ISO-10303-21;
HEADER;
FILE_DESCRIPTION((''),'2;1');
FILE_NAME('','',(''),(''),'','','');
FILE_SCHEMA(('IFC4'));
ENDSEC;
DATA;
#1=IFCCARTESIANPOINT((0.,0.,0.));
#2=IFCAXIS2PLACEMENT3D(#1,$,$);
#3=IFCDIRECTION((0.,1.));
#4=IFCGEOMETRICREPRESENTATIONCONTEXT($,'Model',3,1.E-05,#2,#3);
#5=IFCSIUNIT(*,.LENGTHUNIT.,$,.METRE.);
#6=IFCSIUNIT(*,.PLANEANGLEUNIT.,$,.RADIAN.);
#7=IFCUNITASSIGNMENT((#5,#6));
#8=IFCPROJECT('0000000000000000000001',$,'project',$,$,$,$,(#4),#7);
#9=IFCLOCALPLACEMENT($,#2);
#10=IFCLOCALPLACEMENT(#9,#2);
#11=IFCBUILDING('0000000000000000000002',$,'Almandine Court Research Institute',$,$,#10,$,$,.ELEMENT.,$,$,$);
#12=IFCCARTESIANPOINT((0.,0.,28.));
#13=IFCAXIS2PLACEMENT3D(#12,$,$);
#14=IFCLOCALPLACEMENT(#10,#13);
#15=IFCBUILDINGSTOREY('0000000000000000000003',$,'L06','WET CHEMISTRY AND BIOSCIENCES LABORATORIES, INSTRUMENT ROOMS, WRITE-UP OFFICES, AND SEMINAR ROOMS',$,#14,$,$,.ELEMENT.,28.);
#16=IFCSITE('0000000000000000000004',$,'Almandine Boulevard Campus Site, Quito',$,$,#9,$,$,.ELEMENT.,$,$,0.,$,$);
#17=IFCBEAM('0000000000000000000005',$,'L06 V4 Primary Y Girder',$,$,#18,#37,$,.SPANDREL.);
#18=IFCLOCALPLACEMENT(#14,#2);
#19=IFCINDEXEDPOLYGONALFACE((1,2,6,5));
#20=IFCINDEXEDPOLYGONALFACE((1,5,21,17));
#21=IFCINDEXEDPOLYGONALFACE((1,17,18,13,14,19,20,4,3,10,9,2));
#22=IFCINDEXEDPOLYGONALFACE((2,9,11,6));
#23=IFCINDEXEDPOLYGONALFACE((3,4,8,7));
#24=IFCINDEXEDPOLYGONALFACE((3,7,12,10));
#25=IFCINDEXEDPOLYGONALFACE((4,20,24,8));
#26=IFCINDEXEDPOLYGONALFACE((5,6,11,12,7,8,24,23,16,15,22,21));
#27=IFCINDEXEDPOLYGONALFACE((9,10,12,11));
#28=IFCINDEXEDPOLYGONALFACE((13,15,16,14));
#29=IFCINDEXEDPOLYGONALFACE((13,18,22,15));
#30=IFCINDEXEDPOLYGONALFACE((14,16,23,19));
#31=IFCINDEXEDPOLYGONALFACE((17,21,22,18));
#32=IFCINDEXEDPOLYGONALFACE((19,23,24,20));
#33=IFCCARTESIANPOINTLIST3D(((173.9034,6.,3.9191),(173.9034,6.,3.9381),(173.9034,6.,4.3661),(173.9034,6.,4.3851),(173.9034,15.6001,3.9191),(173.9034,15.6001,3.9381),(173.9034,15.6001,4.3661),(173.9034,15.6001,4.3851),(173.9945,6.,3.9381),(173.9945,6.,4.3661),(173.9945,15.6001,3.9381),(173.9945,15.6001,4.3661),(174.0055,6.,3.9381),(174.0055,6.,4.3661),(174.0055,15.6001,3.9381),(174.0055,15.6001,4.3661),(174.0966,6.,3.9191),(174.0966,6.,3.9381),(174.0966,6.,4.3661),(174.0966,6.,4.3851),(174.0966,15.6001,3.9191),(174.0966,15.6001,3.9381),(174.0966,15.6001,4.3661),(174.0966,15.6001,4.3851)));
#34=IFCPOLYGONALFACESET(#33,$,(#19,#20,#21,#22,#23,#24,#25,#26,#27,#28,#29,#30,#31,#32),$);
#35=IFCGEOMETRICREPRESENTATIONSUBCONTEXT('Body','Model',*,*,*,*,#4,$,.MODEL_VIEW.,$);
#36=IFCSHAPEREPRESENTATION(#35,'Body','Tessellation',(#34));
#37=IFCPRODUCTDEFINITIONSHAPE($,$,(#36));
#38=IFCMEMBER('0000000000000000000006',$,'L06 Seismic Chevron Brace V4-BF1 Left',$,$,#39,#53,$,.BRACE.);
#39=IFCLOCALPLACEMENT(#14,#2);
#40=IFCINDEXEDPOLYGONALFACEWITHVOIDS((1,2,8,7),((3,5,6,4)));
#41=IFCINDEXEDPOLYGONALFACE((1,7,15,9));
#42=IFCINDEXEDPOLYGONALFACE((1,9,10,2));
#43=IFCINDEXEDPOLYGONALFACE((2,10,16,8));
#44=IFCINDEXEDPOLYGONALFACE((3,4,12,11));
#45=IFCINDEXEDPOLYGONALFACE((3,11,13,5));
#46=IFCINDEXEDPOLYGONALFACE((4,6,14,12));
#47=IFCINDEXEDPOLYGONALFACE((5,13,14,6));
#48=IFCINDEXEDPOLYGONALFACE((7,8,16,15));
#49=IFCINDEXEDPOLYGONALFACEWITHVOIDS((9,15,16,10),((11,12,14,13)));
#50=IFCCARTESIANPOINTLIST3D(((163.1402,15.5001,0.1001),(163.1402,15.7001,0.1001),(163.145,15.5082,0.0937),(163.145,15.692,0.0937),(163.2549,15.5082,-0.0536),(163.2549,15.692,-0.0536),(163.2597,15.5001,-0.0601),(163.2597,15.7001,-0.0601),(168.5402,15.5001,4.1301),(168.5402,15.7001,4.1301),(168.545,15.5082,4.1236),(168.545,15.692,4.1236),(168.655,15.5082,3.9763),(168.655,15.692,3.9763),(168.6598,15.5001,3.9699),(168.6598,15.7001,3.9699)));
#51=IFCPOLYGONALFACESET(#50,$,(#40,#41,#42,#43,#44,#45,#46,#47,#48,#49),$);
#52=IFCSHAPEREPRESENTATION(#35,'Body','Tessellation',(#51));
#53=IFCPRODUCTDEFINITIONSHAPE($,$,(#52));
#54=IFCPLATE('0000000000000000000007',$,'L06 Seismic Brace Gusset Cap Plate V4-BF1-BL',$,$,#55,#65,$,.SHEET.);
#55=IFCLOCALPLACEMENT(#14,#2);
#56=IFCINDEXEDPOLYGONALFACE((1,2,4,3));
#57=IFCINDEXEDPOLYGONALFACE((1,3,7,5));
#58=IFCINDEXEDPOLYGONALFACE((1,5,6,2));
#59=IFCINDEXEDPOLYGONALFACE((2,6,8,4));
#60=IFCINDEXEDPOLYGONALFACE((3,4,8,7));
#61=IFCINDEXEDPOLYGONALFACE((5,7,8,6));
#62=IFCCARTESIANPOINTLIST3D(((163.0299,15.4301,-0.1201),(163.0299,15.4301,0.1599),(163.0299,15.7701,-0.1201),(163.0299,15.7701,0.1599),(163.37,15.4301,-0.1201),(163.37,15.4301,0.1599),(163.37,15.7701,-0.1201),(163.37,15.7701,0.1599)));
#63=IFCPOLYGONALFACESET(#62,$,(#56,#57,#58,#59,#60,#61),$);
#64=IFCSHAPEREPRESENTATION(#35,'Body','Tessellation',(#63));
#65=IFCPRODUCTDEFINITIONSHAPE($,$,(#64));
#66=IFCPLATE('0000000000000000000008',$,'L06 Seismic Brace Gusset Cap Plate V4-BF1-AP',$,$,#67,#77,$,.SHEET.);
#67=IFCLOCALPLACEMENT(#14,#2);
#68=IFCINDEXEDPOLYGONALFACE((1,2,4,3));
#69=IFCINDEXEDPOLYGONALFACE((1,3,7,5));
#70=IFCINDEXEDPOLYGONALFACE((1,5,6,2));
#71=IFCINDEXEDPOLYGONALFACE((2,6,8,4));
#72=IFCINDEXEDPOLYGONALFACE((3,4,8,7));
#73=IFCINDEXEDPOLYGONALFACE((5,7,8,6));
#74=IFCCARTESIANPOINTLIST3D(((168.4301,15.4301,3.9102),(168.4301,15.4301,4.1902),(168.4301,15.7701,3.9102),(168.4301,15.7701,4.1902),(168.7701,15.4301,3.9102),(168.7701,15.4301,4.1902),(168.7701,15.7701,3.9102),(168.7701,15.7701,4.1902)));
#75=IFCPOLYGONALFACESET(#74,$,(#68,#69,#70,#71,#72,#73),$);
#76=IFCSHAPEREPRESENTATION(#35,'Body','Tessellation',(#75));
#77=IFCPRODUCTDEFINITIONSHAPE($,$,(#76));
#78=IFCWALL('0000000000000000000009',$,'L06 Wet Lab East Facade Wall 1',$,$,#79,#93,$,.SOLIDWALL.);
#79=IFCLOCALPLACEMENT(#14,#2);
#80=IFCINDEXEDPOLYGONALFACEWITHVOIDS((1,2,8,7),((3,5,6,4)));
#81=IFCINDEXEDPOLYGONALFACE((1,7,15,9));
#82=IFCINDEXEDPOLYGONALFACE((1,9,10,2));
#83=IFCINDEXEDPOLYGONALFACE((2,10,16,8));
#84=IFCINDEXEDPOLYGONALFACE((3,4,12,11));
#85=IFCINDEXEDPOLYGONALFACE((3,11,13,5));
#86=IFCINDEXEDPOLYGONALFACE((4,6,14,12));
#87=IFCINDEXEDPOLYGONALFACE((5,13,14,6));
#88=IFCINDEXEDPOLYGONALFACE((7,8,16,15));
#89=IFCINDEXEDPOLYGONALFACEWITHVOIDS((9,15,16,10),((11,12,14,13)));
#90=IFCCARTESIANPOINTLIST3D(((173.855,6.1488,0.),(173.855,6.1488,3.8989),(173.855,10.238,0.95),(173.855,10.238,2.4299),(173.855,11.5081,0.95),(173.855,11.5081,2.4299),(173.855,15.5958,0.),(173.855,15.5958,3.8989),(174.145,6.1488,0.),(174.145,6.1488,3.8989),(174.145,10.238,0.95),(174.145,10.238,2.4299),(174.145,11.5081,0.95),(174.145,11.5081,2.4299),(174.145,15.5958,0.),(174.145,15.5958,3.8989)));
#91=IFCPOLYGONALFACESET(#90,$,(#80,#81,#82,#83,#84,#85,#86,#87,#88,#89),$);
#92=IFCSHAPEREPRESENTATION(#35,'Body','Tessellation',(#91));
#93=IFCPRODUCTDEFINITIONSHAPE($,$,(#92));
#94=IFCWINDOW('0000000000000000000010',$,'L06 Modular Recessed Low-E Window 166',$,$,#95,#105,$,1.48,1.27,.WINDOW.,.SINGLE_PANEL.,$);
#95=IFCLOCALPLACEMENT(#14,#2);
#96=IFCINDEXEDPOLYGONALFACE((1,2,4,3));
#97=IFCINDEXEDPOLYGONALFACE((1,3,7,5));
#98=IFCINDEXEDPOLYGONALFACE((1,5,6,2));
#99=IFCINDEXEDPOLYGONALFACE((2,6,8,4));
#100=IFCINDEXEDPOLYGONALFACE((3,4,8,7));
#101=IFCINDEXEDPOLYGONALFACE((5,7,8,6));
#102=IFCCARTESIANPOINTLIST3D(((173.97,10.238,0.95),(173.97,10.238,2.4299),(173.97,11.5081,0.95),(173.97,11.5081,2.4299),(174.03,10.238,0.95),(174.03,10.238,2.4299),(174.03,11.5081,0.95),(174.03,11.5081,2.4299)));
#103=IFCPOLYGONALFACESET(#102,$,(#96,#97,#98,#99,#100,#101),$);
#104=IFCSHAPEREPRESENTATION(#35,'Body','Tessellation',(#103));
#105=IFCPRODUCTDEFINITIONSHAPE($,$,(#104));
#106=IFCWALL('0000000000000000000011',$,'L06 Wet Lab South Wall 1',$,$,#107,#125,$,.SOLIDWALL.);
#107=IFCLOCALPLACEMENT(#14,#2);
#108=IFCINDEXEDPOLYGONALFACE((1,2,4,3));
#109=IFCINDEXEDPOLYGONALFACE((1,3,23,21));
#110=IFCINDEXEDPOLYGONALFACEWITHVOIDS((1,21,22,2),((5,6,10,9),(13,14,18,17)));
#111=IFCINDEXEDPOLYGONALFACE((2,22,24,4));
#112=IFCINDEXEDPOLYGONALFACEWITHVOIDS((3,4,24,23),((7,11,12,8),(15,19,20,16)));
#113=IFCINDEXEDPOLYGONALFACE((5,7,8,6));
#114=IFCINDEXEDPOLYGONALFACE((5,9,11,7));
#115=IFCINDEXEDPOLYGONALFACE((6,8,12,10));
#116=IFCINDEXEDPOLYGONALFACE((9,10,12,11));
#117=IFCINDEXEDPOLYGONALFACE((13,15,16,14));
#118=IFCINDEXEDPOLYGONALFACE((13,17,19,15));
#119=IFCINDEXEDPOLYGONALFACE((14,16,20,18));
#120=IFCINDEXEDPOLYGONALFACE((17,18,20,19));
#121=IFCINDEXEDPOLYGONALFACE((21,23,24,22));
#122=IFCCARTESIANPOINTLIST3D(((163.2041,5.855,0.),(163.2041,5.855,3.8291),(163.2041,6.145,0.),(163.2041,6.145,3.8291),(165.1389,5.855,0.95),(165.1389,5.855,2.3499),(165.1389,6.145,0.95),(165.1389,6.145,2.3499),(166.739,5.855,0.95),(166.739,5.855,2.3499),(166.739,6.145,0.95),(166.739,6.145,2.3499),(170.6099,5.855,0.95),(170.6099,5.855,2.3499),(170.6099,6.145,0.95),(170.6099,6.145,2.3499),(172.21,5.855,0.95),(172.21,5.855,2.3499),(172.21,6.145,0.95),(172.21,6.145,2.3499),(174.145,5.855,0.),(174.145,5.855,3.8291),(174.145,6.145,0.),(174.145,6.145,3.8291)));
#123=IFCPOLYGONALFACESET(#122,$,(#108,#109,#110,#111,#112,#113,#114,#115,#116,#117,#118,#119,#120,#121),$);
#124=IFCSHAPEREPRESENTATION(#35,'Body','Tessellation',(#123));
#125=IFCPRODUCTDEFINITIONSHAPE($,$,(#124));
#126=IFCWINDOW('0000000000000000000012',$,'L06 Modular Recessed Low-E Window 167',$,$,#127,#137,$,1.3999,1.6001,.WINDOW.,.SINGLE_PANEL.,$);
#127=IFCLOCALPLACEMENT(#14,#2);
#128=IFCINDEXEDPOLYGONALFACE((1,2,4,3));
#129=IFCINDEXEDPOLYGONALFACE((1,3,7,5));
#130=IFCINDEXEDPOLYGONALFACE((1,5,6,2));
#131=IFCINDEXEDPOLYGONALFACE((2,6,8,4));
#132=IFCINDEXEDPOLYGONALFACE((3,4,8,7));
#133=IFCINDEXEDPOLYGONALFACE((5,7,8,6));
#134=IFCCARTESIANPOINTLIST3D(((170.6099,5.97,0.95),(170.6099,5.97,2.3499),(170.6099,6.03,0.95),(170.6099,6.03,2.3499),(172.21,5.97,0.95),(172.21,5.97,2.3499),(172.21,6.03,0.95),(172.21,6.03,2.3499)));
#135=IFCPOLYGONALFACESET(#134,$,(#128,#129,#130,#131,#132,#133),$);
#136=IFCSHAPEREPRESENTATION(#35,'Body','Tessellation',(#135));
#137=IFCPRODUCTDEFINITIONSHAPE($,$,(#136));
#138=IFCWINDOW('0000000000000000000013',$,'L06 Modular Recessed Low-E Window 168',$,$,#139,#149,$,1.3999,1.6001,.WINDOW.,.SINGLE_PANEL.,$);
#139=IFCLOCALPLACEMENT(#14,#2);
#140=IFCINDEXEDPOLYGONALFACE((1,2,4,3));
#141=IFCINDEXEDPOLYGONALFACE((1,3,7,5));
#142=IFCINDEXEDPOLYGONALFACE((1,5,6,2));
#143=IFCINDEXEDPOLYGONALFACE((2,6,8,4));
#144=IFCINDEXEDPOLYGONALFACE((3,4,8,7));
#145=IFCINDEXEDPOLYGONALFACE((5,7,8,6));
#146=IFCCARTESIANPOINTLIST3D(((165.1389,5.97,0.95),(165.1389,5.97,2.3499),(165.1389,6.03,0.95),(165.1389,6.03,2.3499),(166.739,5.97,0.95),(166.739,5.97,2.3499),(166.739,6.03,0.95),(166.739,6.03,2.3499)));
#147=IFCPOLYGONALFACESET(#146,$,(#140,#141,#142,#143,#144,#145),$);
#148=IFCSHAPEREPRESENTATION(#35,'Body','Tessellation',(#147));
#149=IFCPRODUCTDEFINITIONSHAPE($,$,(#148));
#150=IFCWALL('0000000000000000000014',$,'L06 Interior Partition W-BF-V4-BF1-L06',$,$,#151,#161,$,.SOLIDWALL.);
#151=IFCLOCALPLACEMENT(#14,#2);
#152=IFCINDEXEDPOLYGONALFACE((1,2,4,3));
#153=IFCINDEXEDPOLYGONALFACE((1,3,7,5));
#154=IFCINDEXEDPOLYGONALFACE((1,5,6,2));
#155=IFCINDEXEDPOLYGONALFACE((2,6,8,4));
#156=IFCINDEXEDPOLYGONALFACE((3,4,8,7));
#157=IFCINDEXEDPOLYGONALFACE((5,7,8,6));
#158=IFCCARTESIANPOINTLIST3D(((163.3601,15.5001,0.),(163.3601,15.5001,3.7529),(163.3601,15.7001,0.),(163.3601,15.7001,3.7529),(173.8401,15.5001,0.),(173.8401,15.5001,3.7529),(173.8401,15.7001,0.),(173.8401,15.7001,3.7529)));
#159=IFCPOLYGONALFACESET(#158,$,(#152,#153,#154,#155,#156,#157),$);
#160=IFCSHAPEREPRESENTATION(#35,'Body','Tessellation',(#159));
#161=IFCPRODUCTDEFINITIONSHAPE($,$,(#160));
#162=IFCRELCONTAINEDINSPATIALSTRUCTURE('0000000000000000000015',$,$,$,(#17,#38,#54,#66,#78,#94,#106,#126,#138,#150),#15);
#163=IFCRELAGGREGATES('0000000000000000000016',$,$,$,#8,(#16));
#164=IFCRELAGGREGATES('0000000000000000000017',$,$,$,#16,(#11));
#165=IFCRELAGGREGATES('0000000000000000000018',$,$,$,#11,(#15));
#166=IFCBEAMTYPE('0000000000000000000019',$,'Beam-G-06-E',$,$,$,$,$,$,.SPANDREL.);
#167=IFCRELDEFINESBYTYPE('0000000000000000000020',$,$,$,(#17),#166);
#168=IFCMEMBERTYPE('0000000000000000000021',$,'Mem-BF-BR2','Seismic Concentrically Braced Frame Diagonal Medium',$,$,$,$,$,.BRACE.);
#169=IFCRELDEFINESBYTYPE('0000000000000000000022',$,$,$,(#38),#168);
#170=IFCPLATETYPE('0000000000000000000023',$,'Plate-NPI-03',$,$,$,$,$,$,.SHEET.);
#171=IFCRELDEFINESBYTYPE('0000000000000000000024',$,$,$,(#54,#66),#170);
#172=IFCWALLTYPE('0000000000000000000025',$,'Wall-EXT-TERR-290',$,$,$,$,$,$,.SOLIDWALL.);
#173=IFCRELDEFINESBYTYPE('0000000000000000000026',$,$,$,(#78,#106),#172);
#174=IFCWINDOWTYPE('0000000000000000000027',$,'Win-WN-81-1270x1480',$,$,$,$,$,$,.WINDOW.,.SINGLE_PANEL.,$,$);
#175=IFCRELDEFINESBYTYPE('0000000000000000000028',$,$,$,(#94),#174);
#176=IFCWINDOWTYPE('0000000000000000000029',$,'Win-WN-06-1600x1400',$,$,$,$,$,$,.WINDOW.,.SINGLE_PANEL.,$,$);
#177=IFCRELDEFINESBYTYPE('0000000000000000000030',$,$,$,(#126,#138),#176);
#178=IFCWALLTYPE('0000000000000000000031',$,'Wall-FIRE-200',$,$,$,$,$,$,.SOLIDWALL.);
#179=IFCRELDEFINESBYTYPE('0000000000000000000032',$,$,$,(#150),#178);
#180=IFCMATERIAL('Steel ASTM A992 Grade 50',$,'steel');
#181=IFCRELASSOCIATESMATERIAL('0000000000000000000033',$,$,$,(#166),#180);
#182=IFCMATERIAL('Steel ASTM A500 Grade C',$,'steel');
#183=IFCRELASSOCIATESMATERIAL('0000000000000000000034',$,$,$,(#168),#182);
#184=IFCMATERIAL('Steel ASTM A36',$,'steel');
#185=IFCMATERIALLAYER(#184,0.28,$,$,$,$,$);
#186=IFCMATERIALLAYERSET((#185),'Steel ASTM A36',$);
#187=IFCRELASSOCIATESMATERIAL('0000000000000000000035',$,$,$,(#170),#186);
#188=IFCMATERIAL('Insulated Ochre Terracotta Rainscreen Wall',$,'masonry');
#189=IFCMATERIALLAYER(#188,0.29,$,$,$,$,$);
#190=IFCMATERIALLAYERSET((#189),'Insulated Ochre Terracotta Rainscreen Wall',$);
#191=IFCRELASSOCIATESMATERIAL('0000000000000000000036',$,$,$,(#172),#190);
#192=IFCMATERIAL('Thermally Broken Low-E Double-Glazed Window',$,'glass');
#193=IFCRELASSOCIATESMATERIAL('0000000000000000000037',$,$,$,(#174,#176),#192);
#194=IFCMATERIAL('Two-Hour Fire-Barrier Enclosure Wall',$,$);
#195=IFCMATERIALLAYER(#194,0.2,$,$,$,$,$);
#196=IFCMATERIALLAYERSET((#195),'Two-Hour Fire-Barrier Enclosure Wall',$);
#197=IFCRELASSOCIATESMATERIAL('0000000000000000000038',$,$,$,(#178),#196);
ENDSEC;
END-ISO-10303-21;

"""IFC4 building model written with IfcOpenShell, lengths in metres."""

from ifc_helpers import new_model, si_unit, direction, frame, frame_2d, origin, origin_2d, place, context, subcontext, project, spatial, rectangle, hollow_rectangle, i_section, extrude, material, layer, layer_set, material_profile, profile_set, type_object, element, fill, save


model = new_model("IFC4")

# Units and contexts
model_context = context("Model", 3, precision=1e-05, world=origin(), true_north=direction((0.0, 1.0)))
body_context = subcontext(model_context, "Body", "Model", "MODEL_VIEW")
ifc_project = project(units=[si_unit("LENGTHUNIT", "METRE"), si_unit("PLANEANGLEUNIT", "RADIAN")], contexts=[model_context])

# Site, building, storey
site_placement = place(None, origin())
site = spatial("IfcSite", under=ifc_project, at=site_placement, Name="Almandine Boulevard Campus Site, Quito", CompositionType="ELEMENT", RefElevation=0.0)
building_placement = place(site_placement, origin())
building = spatial("IfcBuilding", under=site, at=building_placement, Name="Almandine Court Research Institute", CompositionType="ELEMENT")
storey_placement = place(building_placement, frame((0.0, 0.0, 28.0)))
storey = spatial("IfcBuildingStorey", under=building, at=storey_placement, Name="L06", Description="WET CHEMISTRY AND BIOSCIENCES LABORATORIES, INSTRUMENT ROOMS, WRITE-UP OFFICES, AND SEMINAR ROOMS", CompositionType="ELEMENT", Elevation=28.0)

# Shared definitions
ifc_material_1 = material(Name="Steel ASTM A992 Grade 50", Category="steel")

# Beam
ifc_material_profile_1 = material_profile(ifc_material_1, i_section(OverallWidth=0.1931, OverallDepth=0.4661, WebThickness=0.011, FlangeThickness=0.019, at=origin_2d()), Name="W460x97")
ifc_profile_set_1 = profile_set([ifc_material_profile_1], Name="Steel ASTM A992 Grade 50")
beam_type_1 = type_object("IfcBeamType", Name="Beam-G-06-E", PredefinedType="SPANDREL", material=ifc_profile_set_1)
beam_1_placement = place(storey_placement, frame((174.0, 6.0, 4.1521), z_axis=(0.0, 1.0, 0.0), x_axis=(-1.0, 0.0, 0.0)))
element("IfcBeam", 1, at=beam_1_placement, inside=storey, type_object=beam_type_1, Name="L06 V4 Primary Y Girder", PredefinedType="SPANDREL", context=body_context, shape_type="SweptSolid", body=[
    extrude(i_section(OverallWidth=0.1931, OverallDepth=0.4661, WebThickness=0.011, FlangeThickness=0.019, at=origin_2d()), origin(), (0.0, 0.0, 1.0), 9.6001),
])

# Member
ifc_material_2 = material(Name="Steel ASTM A500 Grade C", Category="steel")
ifc_material_profile_2 = material_profile(ifc_material_2, hollow_rectangle(XDim=0.2, YDim=0.2, WallThickness=0.0081, at=origin_2d()), Name="HSS 200x200x8")
ifc_profile_set_2 = profile_set([ifc_material_profile_2], Name="Steel ASTM A500 Grade C")
member_type = type_object("IfcMemberType", Name="Mem-BF-BR2", Description="Seismic Concentrically Braced Frame Diagonal Medium", PredefinedType="BRACE", material=ifc_profile_set_2)
member_placement = place(storey_placement, frame((163.2, 15.6001, 0.02), z_axis=(0.801428, 0.0, 0.598091), x_axis=(0.0, 1.0, 0.0)))
element("IfcMember", 2, at=member_placement, inside=storey, type_object=member_type, Name="L06 Seismic Chevron Brace V4-BF1 Left", PredefinedType="BRACE", context=body_context, shape_type="SweptSolid", body=[
    extrude(hollow_rectangle(XDim=0.2, YDim=0.2, WallThickness=0.0081, at=origin_2d()), origin(), (0.0, 0.0, 1.0), 6.738),
])

# Plates
ifc_material_3 = material(Name="Steel ASTM A36", Category="steel")
ifc_layer_1 = layer(ifc_material_3, 0.28)
ifc_layer_set_1 = layer_set([ifc_layer_1], Name="Steel ASTM A36")
plate_type = type_object("IfcPlateType", Name="Plate-NPI-03", PredefinedType="SHEET", material=ifc_layer_set_1)
for number, where, z_axis, x_axis, name in (
    (3, (163.2, 15.6001, -0.1201), (0.0, 0.0, 1.0), (1.0, 0.0, 0.0), "L06 Seismic Brace Gusset Cap Plate V4-BF1-BL"),
    (4, (168.6001, 15.6001, 3.9102), (0.0, 0.0, 1.0), (1.0, 0.0, 0.0), "L06 Seismic Brace Gusset Cap Plate V4-BF1-AP"),
):
    element("IfcPlate", number, at=place(storey_placement, frame(where, z_axis=z_axis, x_axis=x_axis)), inside=storey, type_object=plate_type, Name=name, PredefinedType="SHEET", context=body_context, shape_type="SweptSolid", body=[
        extrude(rectangle(XDim=0.3401, YDim=0.3401, at=origin_2d()), origin(), (0.0, 0.0, 1.0), 0.28),
    ])

# Wall, opening, window
ifc_material_4 = material(Name="Insulated Ochre Terracotta Rainscreen Wall", Category="masonry")
ifc_layer_2 = layer(ifc_material_4, 0.29)
ifc_layer_set_2 = layer_set([ifc_layer_2], Name="Insulated Ochre Terracotta Rainscreen Wall")
wall_type_1 = type_object("IfcWallType", Name="Wall-EXT-TERR-290", PredefinedType="SOLIDWALL", material=ifc_layer_set_2)
wall_1_placement = place(storey_placement, frame((174.0, 15.5959, 0.0), z_axis=(0.0, 0.0, 1.0), x_axis=(0.0, -1.0, 0.0)))
wall_1 = element("IfcWall", 5, at=wall_1_placement, inside=storey, type_object=wall_type_1, Name="L06 Wet Lab East Facade Wall 1", PredefinedType="SOLIDWALL", context=body_context, shape_type="SweptSolid", body=[
    extrude(rectangle(XDim=9.447, YDim=0.29, at=frame_2d((4.7236, 0.0))), origin(), (0.0, 0.0, 1.0), 3.8989),
])
opening_1_placement = place(wall_1_placement, frame((4.0879, 0.0, 0.95)))
opening_1 = element("IfcOpeningElement", 6, at=opening_1_placement, cuts=wall_1, PredefinedType="OPENING", context=body_context, shape_type="SweptSolid", body=[
    extrude(rectangle(XDim=1.27, YDim=1.48, at=frame_2d((0.635, 0.74))), frame((0.0, 0.155, 0.0), z_axis=(0.0, -1.0, 0.0), x_axis=(1.0, 0.0, 0.0)), (0.0, 0.0, 1.0), 0.3101),
])
ifc_material_5 = material(Name="Thermally Broken Low-E Double-Glazed Window", Category="glass")
window_type_1 = type_object("IfcWindowType", Name="Win-WN-81-1270x1480", PartitioningType="SINGLE_PANEL", PredefinedType="WINDOW", material=ifc_material_5)
window_1_placement = place(opening_1_placement, origin())
window_1 = element("IfcWindow", 7, at=window_1_placement, inside=storey, type_object=window_type_1, Name="L06 Modular Recessed Low-E Window 166", OverallHeight=1.48, OverallWidth=1.27, PartitioningType="SINGLE_PANEL", PredefinedType="WINDOW", context=body_context, shape_type="SweptSolid", body=[
    extrude(rectangle(XDim=1.27, YDim=1.48, at=frame_2d((0.635, 0.74))), frame((0.0, 0.03, 0.0), z_axis=(0.0, -1.0, 0.0), x_axis=(1.0, 0.0, 0.0)), (0.0, 0.0, 1.0), 0.0601),
])
fill(opening_1, window_1)

# Wall, openings, windows
wall_2_placement = place(storey_placement, frame((174.145, 6.0, 0.0), z_axis=(0.0, 0.0, 1.0), x_axis=(-1.0, 0.0, 0.0)))
wall_2 = element("IfcWall", 8, at=wall_2_placement, inside=storey, type_object=wall_type_1, Name="L06 Wet Lab South Wall 1", PredefinedType="SOLIDWALL", context=body_context, shape_type="SweptSolid", body=[
    extrude(rectangle(XDim=10.9409, YDim=0.29, at=frame_2d((5.4705, 0.0))), origin(), (0.0, 0.0, 1.0), 3.8291),
])
opening_2_placement = place(wall_2_placement, frame((1.9351, 0.0, 0.95)))
opening_2 = element("IfcOpeningElement", 9, at=opening_2_placement, cuts=wall_2, PredefinedType="OPENING", context=body_context, shape_type="SweptSolid", body=[
    extrude(rectangle(XDim=1.6001, YDim=1.3999, at=frame_2d((0.8, 0.7))), frame((0.0, 0.155, 0.0), z_axis=(0.0, -1.0, 0.0), x_axis=(1.0, 0.0, 0.0)), (0.0, 0.0, 1.0), 0.3101),
])
opening_3_placement = place(wall_2_placement, frame((7.406, 0.0, 0.95)))
opening_3 = element("IfcOpeningElement", 10, at=opening_3_placement, cuts=wall_2, PredefinedType="OPENING", context=body_context, shape_type="SweptSolid", body=[
    extrude(rectangle(XDim=1.6001, YDim=1.3999, at=frame_2d((0.8, 0.7))), frame((0.0, 0.155, 0.0), z_axis=(0.0, -1.0, 0.0), x_axis=(1.0, 0.0, 0.0)), (0.0, 0.0, 1.0), 0.3101),
])
window_type_2 = type_object("IfcWindowType", Name="Win-WN-06-1600x1400", PartitioningType="SINGLE_PANEL", PredefinedType="WINDOW", material=ifc_material_5)
window_2_placement = place(opening_2_placement, origin())
window_2 = element("IfcWindow", 11, at=window_2_placement, inside=storey, type_object=window_type_2, Name="L06 Modular Recessed Low-E Window 167", OverallHeight=1.3999, OverallWidth=1.6001, PartitioningType="SINGLE_PANEL", PredefinedType="WINDOW", context=body_context, shape_type="SweptSolid", body=[
    extrude(rectangle(XDim=1.6001, YDim=1.3999, at=frame_2d((0.8, 0.7))), frame((0.0, 0.03, 0.0), z_axis=(0.0, -1.0, 0.0), x_axis=(1.0, 0.0, 0.0)), (0.0, 0.0, 1.0), 0.0601),
])
fill(opening_2, window_2)
window_3_placement = place(opening_3_placement, origin())
window_3 = element("IfcWindow", 12, at=window_3_placement, inside=storey, type_object=window_type_2, Name="L06 Modular Recessed Low-E Window 168", OverallHeight=1.3999, OverallWidth=1.6001, PartitioningType="SINGLE_PANEL", PredefinedType="WINDOW", context=body_context, shape_type="SweptSolid", body=[
    extrude(rectangle(XDim=1.6001, YDim=1.3999, at=frame_2d((0.8, 0.7))), frame((0.0, 0.03, 0.0), z_axis=(0.0, -1.0, 0.0), x_axis=(1.0, 0.0, 0.0)), (0.0, 0.0, 1.0), 0.0601),
])
fill(opening_3, window_3)

# Wall
ifc_material_6 = material(Name="Two-Hour Fire-Barrier Enclosure Wall")
ifc_layer_3 = layer(ifc_material_6, 0.2)
ifc_layer_set_3 = layer_set([ifc_layer_3], Name="Two-Hour Fire-Barrier Enclosure Wall")
wall_type_2 = type_object("IfcWallType", Name="Wall-FIRE-200", PredefinedType="SOLIDWALL", material=ifc_layer_set_3)
wall_3_placement = place(storey_placement, frame((163.3601, 15.6001, 0.0), z_axis=(0.0, 0.0, 1.0), x_axis=(1.0, 0.0, 0.0)))
element("IfcWall", 13, at=wall_3_placement, inside=storey, type_object=wall_type_2, Name="L06 Interior Partition W-BF-V4-BF1-L06", PredefinedType="SOLIDWALL", context=body_context, shape_type="SweptSolid", body=[
    extrude(rectangle(XDim=10.48, YDim=0.2, at=frame_2d((5.24, 0.0))), origin(), (0.0, 0.0, 1.0), 3.7529),
])

save(model, "model.ifc")
